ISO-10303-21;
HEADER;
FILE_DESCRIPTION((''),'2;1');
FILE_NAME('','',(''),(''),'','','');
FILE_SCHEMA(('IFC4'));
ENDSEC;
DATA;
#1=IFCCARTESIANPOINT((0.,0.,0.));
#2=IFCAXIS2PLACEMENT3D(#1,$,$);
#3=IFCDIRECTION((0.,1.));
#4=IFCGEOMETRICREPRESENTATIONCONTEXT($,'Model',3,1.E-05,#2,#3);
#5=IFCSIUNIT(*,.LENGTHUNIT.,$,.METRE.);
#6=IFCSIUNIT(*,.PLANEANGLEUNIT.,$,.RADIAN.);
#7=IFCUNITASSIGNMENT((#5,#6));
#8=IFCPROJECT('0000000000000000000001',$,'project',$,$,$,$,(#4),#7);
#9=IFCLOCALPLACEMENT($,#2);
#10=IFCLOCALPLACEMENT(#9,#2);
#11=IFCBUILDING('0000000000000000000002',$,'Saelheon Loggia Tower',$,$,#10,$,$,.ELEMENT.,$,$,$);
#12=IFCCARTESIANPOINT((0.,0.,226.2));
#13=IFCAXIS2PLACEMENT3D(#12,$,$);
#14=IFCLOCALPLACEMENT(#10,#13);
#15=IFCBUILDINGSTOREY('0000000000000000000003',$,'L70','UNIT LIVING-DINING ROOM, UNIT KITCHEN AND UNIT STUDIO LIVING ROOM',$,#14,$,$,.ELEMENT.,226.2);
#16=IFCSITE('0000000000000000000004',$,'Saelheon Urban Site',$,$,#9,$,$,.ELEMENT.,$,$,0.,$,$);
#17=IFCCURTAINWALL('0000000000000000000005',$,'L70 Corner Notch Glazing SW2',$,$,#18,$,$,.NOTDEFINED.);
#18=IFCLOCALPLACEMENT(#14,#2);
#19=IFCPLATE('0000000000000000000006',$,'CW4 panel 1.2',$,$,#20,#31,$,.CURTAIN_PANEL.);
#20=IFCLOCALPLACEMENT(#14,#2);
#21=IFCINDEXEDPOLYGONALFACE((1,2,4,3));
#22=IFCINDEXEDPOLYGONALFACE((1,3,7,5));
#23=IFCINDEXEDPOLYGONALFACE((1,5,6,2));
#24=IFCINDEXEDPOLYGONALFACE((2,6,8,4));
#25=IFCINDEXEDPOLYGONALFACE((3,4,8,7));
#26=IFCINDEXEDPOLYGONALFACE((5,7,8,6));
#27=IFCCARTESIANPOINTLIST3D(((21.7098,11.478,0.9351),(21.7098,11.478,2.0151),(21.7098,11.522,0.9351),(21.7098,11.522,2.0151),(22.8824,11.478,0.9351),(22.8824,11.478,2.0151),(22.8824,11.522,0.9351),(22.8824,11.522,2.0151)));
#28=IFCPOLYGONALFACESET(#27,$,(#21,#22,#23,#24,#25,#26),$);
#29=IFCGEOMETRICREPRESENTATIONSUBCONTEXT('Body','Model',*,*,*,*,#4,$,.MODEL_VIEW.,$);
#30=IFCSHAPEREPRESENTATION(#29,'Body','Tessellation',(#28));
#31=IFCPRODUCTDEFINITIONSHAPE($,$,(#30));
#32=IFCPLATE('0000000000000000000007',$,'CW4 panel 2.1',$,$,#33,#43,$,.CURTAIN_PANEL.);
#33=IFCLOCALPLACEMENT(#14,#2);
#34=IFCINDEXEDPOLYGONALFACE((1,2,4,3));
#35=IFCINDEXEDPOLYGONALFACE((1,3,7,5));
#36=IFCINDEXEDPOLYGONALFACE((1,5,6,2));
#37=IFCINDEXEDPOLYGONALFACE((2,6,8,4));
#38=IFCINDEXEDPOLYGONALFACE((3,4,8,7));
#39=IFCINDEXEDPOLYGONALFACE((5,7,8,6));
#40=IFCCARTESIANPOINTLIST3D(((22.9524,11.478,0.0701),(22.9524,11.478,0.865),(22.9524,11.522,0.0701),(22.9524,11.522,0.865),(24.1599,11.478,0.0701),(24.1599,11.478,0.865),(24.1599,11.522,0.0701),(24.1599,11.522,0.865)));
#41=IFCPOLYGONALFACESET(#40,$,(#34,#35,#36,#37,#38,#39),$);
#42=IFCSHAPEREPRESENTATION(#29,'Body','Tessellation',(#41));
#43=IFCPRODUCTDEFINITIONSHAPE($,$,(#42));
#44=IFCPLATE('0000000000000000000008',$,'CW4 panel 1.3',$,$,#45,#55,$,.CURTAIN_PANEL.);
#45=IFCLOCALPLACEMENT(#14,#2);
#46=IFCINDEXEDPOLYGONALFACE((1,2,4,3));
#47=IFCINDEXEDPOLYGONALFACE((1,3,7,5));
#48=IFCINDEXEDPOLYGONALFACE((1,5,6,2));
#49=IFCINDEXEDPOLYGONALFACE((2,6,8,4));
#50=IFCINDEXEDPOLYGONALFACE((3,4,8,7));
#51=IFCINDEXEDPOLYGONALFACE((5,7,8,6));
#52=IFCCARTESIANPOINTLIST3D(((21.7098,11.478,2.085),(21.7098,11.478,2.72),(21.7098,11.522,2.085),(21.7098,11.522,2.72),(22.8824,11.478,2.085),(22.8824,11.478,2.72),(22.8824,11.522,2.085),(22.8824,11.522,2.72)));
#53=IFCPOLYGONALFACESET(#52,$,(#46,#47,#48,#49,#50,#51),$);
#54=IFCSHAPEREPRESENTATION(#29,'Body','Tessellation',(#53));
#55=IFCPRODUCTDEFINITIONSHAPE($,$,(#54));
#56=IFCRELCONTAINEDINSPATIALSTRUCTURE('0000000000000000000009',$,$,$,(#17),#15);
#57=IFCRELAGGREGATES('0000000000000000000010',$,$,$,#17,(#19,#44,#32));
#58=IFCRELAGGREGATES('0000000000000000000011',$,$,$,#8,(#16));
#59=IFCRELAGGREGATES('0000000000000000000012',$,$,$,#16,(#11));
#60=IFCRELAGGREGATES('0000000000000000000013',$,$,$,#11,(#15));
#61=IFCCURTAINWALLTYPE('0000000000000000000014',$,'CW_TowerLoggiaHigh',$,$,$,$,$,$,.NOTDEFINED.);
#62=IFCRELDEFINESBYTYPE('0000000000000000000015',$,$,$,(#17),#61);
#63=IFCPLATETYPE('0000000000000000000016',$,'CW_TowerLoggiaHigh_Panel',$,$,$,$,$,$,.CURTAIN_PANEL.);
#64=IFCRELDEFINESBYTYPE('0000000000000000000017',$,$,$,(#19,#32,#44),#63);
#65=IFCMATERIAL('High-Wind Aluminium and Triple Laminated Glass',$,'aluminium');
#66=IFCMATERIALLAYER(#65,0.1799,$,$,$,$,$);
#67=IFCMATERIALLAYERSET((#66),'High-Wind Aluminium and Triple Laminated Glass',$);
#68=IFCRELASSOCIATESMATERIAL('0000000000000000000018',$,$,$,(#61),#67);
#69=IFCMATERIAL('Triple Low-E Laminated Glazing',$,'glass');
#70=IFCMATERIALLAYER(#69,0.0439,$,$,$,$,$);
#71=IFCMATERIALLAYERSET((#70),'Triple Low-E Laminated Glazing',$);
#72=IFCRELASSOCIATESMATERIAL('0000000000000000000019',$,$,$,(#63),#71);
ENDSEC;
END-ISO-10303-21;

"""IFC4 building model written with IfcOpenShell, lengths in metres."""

from ifc_helpers import new_model, si_unit, direction, frame, origin, origin_2d, place, context, subcontext, project, spatial, rectangle, extrude, source, transform, mapped, material, layer, layer_set, type_object, element, aggregate, save


model = new_model("IFC4")

# Units and contexts
model_context = context("Model", 3, precision=1e-05, world=origin(), true_north=direction((0.0, 1.0)))
body_context = subcontext(model_context, "Body", "Model", "MODEL_VIEW")
ifc_project = project(units=[si_unit("LENGTHUNIT", "METRE"), si_unit("PLANEANGLEUNIT", "RADIAN")], contexts=[model_context])

# Site, building, storey
site_placement = place(None, origin())
site = spatial("IfcSite", under=ifc_project, at=site_placement, Name="Saelheon Urban Site", CompositionType="ELEMENT", RefElevation=0.0)
building_placement = place(site_placement, origin())
building = spatial("IfcBuilding", under=site, at=building_placement, Name="Saelheon Loggia Tower", CompositionType="ELEMENT")
storey_placement = place(building_placement, frame((0.0, 0.0, 226.2)))
storey = spatial("IfcBuildingStorey", under=building, at=storey_placement, Name="L70", Description="UNIT LIVING-DINING ROOM, UNIT KITCHEN AND UNIT STUDIO LIVING ROOM", CompositionType="ELEMENT", Elevation=226.2)

# Curtain wall, plates
ifc_material_1 = material(Name="High-Wind Aluminium and Triple Laminated Glass", Category="aluminium")
ifc_layer_1 = layer(ifc_material_1, 0.1799)
ifc_layer_set_1 = layer_set([ifc_layer_1], Name="High-Wind Aluminium and Triple Laminated Glass")
curtain_wall_type = type_object("IfcCurtainWallType", Name="CW_TowerLoggiaHigh", PredefinedType="NOTDEFINED", material=ifc_layer_set_1)
curtain_wall_placement = place(storey_placement, origin())
curtain_wall = element("IfcCurtainWall", 1, at=curtain_wall_placement, inside=storey, type_object=curtain_wall_type, Name="L70 Corner Notch Glazing SW2", PredefinedType="NOTDEFINED")
ifc_material_2 = material(Name="Triple Low-E Laminated Glazing", Category="glass")
ifc_layer_2 = layer(ifc_material_2, 0.0439)
ifc_layer_set_2 = layer_set([ifc_layer_2], Name="Triple Low-E Laminated Glazing")
plate_type = type_object("IfcPlateType", Name="CW_TowerLoggiaHigh_Panel", PredefinedType="CURTAIN_PANEL", material=ifc_layer_set_2)
shared_shape_1 = source(origin(), body_context, "Body", "SweptSolid", [
    extrude(rectangle(XDim=1.1726, YDim=0.0439, at=origin_2d()), origin(), (0.0, 0.0, 1.0), 1.0801),
])
plate_1_placement = place(storey_placement, frame((22.2961, 11.5, 0.9351), z_axis=(0.0, 0.0, 1.0), x_axis=(1.0, 0.0, 0.0)))
plate_1 = element("IfcPlate", 2, at=plate_1_placement, type_object=plate_type, Name="CW4 panel 1.2", PredefinedType="CURTAIN_PANEL", context=body_context, shape_type="MappedRepresentation", body=[
    mapped(shared_shape_1, transform((0.0, 0.0, 0.0), scale=1.0)),
])
shared_shape_2 = source(origin(), body_context, "Body", "SweptSolid", [
    extrude(rectangle(XDim=1.2075, YDim=0.0439, at=origin_2d()), origin(), (0.0, 0.0, 1.0), 0.7949),
])
plate_2_placement = place(storey_placement, frame((23.5562, 11.5, 0.0701), z_axis=(0.0, 0.0, 1.0), x_axis=(1.0, 0.0, 0.0)))
plate_2 = element("IfcPlate", 3, at=plate_2_placement, type_object=plate_type, Name="CW4 panel 2.1", PredefinedType="CURTAIN_PANEL", context=body_context, shape_type="MappedRepresentation", body=[
    mapped(shared_shape_2, transform((0.0, 0.0, 0.0), scale=1.0)),
])
shared_shape_3 = source(origin(), body_context, "Body", "SweptSolid", [
    extrude(rectangle(XDim=1.1726, YDim=0.0439, at=origin_2d()), origin(), (0.0, 0.0, 1.0), 0.635),
])
plate_3_placement = place(storey_placement, frame((22.2961, 11.5, 2.085), z_axis=(0.0, 0.0, 1.0), x_axis=(1.0, 0.0, 0.0)))
plate_3 = element("IfcPlate", 4, at=plate_3_placement, type_object=plate_type, Name="CW4 panel 1.3", PredefinedType="CURTAIN_PANEL", context=body_context, shape_type="MappedRepresentation", body=[
    mapped(shared_shape_3, transform((0.0, 0.0, 0.0), scale=1.0)),
])
aggregate(curtain_wall, [plate_1, plate_3, plate_2])

save(model, "model.ifc")
